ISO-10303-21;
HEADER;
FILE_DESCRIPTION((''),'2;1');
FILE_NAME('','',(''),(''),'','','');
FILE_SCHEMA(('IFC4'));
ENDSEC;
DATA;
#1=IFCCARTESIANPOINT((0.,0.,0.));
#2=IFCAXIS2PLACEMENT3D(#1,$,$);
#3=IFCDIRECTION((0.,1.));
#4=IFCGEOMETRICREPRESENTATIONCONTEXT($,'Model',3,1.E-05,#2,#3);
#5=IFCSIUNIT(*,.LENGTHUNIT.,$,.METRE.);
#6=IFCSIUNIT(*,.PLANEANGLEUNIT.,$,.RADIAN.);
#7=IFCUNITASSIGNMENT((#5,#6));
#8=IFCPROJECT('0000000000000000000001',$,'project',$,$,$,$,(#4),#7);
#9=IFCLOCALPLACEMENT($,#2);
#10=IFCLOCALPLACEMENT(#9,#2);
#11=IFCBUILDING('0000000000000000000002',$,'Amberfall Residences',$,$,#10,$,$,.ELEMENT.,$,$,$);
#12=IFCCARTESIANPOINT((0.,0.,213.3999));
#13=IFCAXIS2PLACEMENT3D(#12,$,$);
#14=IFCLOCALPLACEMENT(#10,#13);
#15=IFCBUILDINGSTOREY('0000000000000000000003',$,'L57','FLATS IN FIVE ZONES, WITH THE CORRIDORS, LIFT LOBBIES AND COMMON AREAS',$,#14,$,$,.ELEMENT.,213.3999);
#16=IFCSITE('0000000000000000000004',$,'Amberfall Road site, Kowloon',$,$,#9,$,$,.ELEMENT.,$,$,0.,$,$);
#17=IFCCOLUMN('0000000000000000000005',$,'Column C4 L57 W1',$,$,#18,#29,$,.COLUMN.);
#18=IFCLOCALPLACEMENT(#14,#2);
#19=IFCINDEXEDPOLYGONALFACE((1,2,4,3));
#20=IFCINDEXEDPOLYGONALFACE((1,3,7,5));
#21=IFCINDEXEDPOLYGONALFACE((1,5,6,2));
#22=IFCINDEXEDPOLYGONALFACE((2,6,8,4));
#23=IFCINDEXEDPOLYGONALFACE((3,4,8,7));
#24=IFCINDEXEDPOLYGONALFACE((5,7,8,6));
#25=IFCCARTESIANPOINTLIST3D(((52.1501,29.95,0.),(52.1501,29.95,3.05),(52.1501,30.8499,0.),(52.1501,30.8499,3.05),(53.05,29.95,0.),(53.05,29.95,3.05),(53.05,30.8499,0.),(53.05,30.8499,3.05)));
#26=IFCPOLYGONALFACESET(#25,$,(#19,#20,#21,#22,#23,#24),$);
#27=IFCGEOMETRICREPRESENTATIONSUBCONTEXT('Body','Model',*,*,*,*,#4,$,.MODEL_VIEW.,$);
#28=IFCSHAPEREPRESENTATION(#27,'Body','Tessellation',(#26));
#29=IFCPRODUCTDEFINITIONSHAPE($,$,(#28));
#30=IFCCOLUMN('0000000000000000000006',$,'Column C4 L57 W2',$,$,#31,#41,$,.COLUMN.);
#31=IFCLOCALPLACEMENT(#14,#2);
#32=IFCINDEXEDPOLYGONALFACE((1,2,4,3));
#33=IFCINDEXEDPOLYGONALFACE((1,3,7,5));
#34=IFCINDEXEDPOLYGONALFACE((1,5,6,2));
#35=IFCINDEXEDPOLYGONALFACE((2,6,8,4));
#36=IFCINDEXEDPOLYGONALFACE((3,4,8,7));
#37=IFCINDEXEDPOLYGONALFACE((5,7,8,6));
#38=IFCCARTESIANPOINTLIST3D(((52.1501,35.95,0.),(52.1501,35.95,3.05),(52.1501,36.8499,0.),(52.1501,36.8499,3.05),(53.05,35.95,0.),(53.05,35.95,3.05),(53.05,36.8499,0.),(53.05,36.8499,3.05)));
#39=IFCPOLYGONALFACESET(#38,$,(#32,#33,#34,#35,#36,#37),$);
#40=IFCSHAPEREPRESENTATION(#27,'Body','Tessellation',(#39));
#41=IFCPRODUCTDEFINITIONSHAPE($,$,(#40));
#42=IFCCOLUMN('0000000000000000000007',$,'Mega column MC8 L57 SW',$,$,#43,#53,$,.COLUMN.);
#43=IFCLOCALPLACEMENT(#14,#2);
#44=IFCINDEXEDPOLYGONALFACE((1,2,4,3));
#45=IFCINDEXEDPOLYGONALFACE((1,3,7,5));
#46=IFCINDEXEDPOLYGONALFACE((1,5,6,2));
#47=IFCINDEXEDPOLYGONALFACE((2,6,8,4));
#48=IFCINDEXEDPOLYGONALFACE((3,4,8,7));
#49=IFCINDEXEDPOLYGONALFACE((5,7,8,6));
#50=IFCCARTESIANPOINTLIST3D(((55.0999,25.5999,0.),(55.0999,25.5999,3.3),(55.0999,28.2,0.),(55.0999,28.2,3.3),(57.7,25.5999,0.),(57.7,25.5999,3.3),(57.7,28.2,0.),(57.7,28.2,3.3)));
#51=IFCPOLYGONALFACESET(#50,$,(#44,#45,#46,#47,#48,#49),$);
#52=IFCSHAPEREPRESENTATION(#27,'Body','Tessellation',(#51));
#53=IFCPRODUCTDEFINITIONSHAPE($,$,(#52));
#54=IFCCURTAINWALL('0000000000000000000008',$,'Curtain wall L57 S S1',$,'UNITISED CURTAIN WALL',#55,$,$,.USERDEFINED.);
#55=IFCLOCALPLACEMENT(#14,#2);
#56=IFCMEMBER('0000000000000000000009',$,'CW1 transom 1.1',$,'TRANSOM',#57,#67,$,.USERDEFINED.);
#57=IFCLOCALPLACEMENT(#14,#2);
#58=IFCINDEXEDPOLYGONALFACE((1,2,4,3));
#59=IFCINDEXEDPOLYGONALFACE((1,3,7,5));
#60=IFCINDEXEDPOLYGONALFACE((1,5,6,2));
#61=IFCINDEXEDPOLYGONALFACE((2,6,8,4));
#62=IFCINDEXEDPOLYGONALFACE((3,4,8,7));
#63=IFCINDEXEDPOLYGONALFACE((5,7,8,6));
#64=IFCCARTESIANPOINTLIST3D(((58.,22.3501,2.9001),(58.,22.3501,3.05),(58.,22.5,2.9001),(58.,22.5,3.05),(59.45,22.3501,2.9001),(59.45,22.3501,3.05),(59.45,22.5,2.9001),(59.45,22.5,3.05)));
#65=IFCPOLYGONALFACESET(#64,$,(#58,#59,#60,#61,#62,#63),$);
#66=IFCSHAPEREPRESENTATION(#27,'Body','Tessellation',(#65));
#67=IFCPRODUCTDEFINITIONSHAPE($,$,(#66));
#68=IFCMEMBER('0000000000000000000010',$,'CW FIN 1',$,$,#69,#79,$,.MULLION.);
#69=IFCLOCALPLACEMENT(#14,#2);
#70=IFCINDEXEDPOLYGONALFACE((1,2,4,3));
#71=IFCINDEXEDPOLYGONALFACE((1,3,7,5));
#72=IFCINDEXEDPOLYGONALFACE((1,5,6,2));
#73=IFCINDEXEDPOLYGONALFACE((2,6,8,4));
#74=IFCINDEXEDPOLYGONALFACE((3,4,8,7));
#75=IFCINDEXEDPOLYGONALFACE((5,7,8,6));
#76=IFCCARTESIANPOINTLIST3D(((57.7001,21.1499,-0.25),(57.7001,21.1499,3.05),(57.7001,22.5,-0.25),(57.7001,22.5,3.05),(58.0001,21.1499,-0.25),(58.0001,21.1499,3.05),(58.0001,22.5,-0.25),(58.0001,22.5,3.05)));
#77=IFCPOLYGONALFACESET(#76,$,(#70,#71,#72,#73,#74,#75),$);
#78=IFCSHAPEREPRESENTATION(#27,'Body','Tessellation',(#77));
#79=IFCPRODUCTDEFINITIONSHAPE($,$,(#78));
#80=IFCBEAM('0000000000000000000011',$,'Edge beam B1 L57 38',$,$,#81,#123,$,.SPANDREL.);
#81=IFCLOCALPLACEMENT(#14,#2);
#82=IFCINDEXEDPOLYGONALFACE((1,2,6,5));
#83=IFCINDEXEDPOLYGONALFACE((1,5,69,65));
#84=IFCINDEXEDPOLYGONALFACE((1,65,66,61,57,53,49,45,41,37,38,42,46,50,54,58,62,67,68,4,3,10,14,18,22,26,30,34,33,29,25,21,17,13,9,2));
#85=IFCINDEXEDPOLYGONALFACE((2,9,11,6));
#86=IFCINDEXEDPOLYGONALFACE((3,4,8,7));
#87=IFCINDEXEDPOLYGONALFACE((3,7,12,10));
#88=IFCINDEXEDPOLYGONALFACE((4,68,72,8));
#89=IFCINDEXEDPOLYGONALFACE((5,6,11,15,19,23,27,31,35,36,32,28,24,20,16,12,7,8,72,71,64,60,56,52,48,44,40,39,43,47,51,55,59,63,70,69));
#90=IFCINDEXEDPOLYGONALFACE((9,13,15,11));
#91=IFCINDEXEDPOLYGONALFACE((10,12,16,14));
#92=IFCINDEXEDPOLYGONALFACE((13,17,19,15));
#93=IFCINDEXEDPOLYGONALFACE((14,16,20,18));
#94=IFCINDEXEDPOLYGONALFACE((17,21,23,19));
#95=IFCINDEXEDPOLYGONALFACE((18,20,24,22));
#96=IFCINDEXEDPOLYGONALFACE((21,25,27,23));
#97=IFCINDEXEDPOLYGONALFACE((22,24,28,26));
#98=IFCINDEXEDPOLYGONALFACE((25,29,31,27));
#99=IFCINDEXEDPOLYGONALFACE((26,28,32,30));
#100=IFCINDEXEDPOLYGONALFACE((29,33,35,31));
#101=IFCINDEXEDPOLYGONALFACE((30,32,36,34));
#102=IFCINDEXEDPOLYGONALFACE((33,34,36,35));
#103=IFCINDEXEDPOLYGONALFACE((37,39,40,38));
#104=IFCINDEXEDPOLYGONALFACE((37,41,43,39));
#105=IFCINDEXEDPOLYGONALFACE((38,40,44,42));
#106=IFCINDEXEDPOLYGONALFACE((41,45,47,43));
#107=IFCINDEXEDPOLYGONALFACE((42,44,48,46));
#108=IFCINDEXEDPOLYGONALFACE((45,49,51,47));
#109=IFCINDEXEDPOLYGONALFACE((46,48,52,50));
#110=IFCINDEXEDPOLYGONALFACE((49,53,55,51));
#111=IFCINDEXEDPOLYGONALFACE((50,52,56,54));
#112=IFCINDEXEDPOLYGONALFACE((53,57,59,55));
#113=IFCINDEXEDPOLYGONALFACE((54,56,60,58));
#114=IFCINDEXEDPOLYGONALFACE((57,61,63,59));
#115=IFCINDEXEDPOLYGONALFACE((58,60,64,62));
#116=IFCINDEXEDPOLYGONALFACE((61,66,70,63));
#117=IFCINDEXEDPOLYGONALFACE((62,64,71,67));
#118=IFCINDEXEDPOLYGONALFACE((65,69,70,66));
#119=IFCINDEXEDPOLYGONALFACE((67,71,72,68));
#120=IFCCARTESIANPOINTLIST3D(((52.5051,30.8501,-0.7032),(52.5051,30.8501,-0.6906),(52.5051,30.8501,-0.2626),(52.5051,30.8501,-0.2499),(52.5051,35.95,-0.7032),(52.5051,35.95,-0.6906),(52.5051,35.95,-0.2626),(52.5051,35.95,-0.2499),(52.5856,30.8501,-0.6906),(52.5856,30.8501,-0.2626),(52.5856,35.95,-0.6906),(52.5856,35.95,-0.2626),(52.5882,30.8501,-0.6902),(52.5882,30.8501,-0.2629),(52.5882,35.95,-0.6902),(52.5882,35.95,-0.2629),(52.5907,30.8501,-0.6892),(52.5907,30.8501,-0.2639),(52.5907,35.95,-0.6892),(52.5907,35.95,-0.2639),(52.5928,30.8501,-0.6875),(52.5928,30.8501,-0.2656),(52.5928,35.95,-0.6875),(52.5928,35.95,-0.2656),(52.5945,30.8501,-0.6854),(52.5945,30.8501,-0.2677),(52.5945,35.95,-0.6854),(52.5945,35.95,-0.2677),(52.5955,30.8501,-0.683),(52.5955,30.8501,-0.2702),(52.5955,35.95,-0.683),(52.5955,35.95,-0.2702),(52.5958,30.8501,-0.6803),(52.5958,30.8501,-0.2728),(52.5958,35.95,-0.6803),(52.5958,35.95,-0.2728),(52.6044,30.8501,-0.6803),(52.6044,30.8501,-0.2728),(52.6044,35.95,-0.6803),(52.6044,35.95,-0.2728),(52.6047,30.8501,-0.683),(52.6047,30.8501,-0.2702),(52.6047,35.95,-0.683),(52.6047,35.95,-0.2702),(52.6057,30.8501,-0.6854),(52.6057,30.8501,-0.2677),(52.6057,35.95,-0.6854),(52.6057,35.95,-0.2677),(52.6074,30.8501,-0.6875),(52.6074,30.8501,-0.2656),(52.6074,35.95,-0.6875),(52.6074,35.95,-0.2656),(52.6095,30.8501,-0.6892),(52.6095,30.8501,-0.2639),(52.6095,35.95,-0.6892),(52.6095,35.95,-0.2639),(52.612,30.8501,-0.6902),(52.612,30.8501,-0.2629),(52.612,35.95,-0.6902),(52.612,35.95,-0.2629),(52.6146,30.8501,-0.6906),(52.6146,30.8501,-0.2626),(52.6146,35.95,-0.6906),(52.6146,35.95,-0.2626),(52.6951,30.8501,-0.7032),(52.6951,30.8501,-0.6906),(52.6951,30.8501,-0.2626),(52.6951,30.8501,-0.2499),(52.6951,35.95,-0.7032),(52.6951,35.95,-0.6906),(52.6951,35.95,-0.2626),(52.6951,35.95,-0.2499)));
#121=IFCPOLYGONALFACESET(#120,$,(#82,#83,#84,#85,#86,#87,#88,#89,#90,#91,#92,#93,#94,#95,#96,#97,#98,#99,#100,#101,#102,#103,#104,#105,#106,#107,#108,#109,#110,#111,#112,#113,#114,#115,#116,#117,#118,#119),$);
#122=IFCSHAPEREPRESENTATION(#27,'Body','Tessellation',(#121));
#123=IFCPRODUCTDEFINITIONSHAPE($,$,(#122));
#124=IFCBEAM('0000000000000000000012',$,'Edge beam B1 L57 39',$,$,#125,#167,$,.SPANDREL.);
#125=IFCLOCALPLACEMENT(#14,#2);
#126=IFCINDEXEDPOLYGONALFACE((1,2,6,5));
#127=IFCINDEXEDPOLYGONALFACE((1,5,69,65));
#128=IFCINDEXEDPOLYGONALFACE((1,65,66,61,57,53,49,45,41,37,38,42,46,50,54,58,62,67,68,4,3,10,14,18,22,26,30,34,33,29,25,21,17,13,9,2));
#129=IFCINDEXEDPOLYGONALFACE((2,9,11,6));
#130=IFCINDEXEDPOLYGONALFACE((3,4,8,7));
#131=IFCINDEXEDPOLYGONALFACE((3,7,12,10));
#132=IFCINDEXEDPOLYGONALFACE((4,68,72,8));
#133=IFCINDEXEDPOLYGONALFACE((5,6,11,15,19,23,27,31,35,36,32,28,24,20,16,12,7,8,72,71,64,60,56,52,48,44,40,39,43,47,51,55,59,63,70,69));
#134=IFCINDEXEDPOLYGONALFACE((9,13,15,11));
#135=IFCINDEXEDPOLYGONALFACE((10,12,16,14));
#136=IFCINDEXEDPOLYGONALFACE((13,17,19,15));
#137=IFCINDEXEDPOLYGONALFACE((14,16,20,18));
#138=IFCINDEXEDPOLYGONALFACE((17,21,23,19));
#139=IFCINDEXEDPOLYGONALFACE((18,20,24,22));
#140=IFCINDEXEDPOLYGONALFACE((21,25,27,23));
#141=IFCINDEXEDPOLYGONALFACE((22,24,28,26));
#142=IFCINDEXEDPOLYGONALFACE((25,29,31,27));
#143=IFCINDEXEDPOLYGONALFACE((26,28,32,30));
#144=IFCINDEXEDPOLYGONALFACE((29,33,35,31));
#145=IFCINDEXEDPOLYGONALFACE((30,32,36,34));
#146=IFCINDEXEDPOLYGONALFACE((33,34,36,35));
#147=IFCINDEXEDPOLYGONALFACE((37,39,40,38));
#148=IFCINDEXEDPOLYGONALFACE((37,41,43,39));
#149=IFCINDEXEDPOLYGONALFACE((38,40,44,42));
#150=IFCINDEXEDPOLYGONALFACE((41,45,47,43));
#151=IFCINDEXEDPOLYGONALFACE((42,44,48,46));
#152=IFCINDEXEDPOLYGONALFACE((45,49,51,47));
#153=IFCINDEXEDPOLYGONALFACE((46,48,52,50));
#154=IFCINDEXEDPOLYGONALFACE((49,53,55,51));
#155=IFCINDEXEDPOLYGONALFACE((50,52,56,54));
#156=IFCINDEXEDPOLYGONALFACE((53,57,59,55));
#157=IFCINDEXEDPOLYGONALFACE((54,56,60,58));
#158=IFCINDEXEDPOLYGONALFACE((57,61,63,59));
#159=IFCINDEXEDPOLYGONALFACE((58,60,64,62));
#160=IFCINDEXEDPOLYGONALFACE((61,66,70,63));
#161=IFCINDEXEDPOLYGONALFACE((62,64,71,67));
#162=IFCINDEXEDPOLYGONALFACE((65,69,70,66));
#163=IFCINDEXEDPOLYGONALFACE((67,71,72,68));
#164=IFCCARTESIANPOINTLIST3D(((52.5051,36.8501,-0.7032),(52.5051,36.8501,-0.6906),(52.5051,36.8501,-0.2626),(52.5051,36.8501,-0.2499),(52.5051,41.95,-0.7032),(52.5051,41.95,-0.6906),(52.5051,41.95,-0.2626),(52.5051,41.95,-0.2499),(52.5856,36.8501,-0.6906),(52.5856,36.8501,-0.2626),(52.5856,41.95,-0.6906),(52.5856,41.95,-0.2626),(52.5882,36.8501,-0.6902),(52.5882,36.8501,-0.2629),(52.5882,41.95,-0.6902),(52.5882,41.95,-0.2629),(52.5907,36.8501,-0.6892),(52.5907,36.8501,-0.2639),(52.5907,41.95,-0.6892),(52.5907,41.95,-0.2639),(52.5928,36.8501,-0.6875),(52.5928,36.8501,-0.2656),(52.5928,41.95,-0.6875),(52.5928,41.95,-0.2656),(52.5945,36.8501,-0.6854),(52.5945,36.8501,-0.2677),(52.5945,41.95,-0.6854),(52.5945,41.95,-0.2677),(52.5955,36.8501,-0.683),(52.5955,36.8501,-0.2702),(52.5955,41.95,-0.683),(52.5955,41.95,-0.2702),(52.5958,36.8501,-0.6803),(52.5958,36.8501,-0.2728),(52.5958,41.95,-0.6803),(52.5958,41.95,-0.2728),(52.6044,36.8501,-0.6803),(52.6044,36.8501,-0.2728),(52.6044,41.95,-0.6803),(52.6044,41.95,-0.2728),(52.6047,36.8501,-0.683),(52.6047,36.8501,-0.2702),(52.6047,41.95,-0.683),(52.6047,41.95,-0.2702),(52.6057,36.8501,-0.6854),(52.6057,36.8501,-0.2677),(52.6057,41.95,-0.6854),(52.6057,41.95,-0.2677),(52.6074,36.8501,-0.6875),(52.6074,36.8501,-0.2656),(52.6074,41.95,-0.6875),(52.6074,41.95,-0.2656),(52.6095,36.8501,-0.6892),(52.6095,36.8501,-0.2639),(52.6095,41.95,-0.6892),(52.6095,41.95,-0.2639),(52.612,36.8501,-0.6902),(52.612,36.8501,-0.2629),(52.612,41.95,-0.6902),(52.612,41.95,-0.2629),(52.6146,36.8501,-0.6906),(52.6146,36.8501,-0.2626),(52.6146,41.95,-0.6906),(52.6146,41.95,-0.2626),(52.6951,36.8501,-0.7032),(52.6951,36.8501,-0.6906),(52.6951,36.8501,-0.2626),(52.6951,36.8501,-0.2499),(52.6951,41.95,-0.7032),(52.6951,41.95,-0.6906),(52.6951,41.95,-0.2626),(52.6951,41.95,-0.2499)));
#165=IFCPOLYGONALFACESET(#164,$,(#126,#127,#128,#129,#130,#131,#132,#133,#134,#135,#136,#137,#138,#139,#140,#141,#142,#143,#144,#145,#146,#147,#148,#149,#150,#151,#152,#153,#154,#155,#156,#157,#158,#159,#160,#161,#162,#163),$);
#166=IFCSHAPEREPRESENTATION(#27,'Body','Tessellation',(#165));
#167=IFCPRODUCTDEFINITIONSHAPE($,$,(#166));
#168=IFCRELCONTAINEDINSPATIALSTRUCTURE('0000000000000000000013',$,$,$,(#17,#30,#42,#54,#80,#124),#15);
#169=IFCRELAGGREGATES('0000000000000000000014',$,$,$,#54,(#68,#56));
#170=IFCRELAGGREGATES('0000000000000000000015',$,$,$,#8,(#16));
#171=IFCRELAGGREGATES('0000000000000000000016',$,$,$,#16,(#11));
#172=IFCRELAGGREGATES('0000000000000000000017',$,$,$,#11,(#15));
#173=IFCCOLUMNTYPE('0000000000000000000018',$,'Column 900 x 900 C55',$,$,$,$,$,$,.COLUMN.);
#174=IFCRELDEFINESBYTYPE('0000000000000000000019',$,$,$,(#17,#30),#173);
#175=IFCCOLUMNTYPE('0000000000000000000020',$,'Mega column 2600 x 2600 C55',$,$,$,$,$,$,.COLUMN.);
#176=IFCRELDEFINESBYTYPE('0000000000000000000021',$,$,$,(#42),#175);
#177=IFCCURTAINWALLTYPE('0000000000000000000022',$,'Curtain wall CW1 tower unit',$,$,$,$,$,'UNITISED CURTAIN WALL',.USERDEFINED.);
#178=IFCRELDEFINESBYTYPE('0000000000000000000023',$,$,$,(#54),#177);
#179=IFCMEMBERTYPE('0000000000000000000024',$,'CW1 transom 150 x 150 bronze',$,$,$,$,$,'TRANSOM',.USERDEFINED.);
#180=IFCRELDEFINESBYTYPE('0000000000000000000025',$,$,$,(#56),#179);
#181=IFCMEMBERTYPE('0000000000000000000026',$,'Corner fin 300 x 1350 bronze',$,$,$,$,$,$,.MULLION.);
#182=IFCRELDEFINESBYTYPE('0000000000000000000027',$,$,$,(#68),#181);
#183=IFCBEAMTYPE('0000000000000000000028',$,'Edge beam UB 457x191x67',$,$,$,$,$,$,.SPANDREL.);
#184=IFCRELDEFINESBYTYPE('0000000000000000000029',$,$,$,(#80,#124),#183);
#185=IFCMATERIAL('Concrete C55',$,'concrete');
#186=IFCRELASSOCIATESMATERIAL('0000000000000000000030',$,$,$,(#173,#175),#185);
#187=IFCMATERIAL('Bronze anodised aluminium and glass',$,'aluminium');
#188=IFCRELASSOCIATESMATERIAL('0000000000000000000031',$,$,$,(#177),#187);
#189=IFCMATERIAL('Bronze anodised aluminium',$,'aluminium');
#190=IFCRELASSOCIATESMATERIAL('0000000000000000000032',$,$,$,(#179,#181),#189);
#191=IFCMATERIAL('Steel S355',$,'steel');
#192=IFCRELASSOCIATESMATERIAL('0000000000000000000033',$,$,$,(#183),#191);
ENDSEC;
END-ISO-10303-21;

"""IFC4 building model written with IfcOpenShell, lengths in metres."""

from ifc_helpers import new_model, si_unit, direction, frame, origin, origin_2d, place, context, subcontext, project, spatial, rectangle, i_section, extrude, material, material_profile, profile_set, type_object, element, aggregate, save


model = new_model("IFC4")

# Units and contexts
model_context = context("Model", 3, precision=1e-05, world=origin(), true_north=direction((0.0, 1.0)))
body_context = subcontext(model_context, "Body", "Model", "MODEL_VIEW")
ifc_project = project(units=[si_unit("LENGTHUNIT", "METRE"), si_unit("PLANEANGLEUNIT", "RADIAN")], contexts=[model_context])

# Site, building, storey
site_placement = place(None, origin())
site = spatial("IfcSite", under=ifc_project, at=site_placement, Name="Amberfall Road site, Kowloon", CompositionType="ELEMENT", RefElevation=0.0)
building_placement = place(site_placement, origin())
building = spatial("IfcBuilding", under=site, at=building_placement, Name="Amberfall Residences", CompositionType="ELEMENT")
storey_placement = place(building_placement, frame((0.0, 0.0, 213.3999)))
storey = spatial("IfcBuildingStorey", under=building, at=storey_placement, Name="L57", Description="FLATS IN FIVE ZONES, WITH THE CORRIDORS, LIFT LOBBIES AND COMMON AREAS", CompositionType="ELEMENT", Elevation=213.3999)

# Columns
ifc_material_1 = material(Name="Concrete C55", Category="concrete")
ifc_material_profile_1 = material_profile(ifc_material_1, rectangle(XDim=0.8999, YDim=0.8999, at=origin_2d()), Name="Column 900 x 900 C55")
ifc_profile_set_1 = profile_set([ifc_material_profile_1], Name="Concrete C55")
column_type_1 = type_object("IfcColumnType", Name="Column 900 x 900 C55", PredefinedType="COLUMN", material=ifc_profile_set_1)
for number, where, z_axis, x_axis, name in (
    (1, (52.6001, 30.3999, 0.0), (0.0, 0.0, 1.0), (1.0, 0.0, 0.0), "Column C4 L57 W1"),
    (2, (52.6001, 36.3999, 0.0), (0.0, 0.0, 1.0), (1.0, 0.0, 0.0), "Column C4 L57 W2"),
):
    element("IfcColumn", number, at=place(storey_placement, frame(where, z_axis=z_axis, x_axis=x_axis)), inside=storey, type_object=column_type_1, Name=name, PredefinedType="COLUMN", context=body_context, shape_type="SweptSolid", body=[
        extrude(rectangle(XDim=0.8999, YDim=0.8999, at=origin_2d()), origin(), (0.0, 0.0, 1.0), 3.05),
    ])
ifc_material_profile_2 = material_profile(ifc_material_1, rectangle(XDim=2.6001, YDim=2.6001, at=origin_2d()), Name="Mega column 2600 x 2600 C55")
ifc_profile_set_2 = profile_set([ifc_material_profile_2], Name="Concrete C55")
column_type_2 = type_object("IfcColumnType", Name="Mega column 2600 x 2600 C55", PredefinedType="COLUMN", material=ifc_profile_set_2)
column_placement = place(storey_placement, frame((56.3999, 26.8999, 0.0), z_axis=(0.0, 0.0, 1.0), x_axis=(1.0, 0.0, 0.0)))
element("IfcColumn", 3, at=column_placement, inside=storey, type_object=column_type_2, Name="Mega column MC8 L57 SW", PredefinedType="COLUMN", context=body_context, shape_type="SweptSolid", body=[
    extrude(rectangle(XDim=2.6001, YDim=2.6001, at=origin_2d()), origin(), (0.0, 0.0, 1.0), 3.3),
])

# Curtain wall, members
ifc_material_2 = material(Name="Bronze anodised aluminium and glass", Category="aluminium")
curtain_wall_type = type_object("IfcCurtainWallType", Name="Curtain wall CW1 tower unit", ElementType="UNITISED CURTAIN WALL", PredefinedType="USERDEFINED", material=ifc_material_2)
curtain_wall_placement = place(storey_placement, origin())
curtain_wall = element("IfcCurtainWall", 4, at=curtain_wall_placement, inside=storey, type_object=curtain_wall_type, Name="Curtain wall L57 S S1", ObjectType="UNITISED CURTAIN WALL", PredefinedType="USERDEFINED")
ifc_material_3 = material(Name="Bronze anodised aluminium", Category="aluminium")
ifc_material_profile_3 = material_profile(ifc_material_3, rectangle(XDim=0.1499, YDim=0.1499, at=origin_2d()), Name="CW1 transom 150 x 150 bronze")
ifc_profile_set_3 = profile_set([ifc_material_profile_3], Name="Bronze anodised aluminium")
member_type_1 = type_object("IfcMemberType", Name="CW1 transom 150 x 150 bronze", ElementType="TRANSOM", PredefinedType="USERDEFINED", material=ifc_profile_set_3)
member_1_placement = place(storey_placement, frame((58.0, 22.425, 2.9751), z_axis=(1.0, 0.0, 0.0), x_axis=(0.0, 1.0, 0.0)))
member_1 = element("IfcMember", 5, at=member_1_placement, type_object=member_type_1, Name="CW1 transom 1.1", ObjectType="TRANSOM", PredefinedType="USERDEFINED", context=body_context, shape_type="SweptSolid", body=[
    extrude(rectangle(XDim=0.1499, YDim=0.1499, at=origin_2d()), origin(), (0.0, 0.0, 1.0), 1.45),
])
ifc_material_profile_4 = material_profile(ifc_material_3, rectangle(XDim=1.3501, YDim=0.3, at=origin_2d()), Name="Corner fin 300 x 1350 bronze")
ifc_profile_set_4 = profile_set([ifc_material_profile_4], Name="Bronze anodised aluminium")
member_type_2 = type_object("IfcMemberType", Name="Corner fin 300 x 1350 bronze", PredefinedType="MULLION", material=ifc_profile_set_4)
member_2_placement = place(storey_placement, frame((57.8501, 21.825, -0.25), z_axis=(0.0, 0.0, 1.0), x_axis=(0.0, 1.0, 0.0)))
member_2 = element("IfcMember", 6, at=member_2_placement, type_object=member_type_2, Name="CW FIN 1", PredefinedType="MULLION", context=body_context, shape_type="SweptSolid", body=[
    extrude(rectangle(XDim=1.3501, YDim=0.3, at=origin_2d()), origin(), (0.0, 0.0, 1.0), 3.3),
])
aggregate(curtain_wall, [member_2, member_1])

# Beams
ifc_material_4 = material(Name="Steel S355", Category="steel")
ifc_material_profile_5 = material_profile(ifc_material_4, i_section(OverallWidth=0.1899, OverallDepth=0.4534, WebThickness=0.0085, FlangeThickness=0.0127, FilletRadius=0.0103, at=origin_2d()), Name="UB 457x191x67")
ifc_profile_set_5 = profile_set([ifc_material_profile_5], Name="Steel S355")
beam_type_1 = type_object("IfcBeamType", Name="Edge beam UB 457x191x67", PredefinedType="SPANDREL", material=ifc_profile_set_5)
for number, where, z_axis, x_axis, name in (
    (7, (52.6001, 30.8501, -0.4766), (0.0, 1.0, 0.0), (-1.0, 0.0, 0.0), "Edge beam B1 L57 38"),
    (8, (52.6001, 36.8501, -0.4766), (0.0, 1.0, 0.0), (-1.0, 0.0, 0.0), "Edge beam B1 L57 39"),
):
    element("IfcBeam", number, at=place(storey_placement, frame(where, z_axis=z_axis, x_axis=x_axis)), inside=storey, type_object=beam_type_1, Name=name, PredefinedType="SPANDREL", context=body_context, shape_type="SweptSolid", body=[
        extrude(i_section(OverallWidth=0.1899, OverallDepth=0.4534, WebThickness=0.0085, FlangeThickness=0.0127, FilletRadius=0.0103, at=origin_2d()), origin(), (0.0, 0.0, 1.0), 5.0999),
    ])

save(model, "model.ifc")
